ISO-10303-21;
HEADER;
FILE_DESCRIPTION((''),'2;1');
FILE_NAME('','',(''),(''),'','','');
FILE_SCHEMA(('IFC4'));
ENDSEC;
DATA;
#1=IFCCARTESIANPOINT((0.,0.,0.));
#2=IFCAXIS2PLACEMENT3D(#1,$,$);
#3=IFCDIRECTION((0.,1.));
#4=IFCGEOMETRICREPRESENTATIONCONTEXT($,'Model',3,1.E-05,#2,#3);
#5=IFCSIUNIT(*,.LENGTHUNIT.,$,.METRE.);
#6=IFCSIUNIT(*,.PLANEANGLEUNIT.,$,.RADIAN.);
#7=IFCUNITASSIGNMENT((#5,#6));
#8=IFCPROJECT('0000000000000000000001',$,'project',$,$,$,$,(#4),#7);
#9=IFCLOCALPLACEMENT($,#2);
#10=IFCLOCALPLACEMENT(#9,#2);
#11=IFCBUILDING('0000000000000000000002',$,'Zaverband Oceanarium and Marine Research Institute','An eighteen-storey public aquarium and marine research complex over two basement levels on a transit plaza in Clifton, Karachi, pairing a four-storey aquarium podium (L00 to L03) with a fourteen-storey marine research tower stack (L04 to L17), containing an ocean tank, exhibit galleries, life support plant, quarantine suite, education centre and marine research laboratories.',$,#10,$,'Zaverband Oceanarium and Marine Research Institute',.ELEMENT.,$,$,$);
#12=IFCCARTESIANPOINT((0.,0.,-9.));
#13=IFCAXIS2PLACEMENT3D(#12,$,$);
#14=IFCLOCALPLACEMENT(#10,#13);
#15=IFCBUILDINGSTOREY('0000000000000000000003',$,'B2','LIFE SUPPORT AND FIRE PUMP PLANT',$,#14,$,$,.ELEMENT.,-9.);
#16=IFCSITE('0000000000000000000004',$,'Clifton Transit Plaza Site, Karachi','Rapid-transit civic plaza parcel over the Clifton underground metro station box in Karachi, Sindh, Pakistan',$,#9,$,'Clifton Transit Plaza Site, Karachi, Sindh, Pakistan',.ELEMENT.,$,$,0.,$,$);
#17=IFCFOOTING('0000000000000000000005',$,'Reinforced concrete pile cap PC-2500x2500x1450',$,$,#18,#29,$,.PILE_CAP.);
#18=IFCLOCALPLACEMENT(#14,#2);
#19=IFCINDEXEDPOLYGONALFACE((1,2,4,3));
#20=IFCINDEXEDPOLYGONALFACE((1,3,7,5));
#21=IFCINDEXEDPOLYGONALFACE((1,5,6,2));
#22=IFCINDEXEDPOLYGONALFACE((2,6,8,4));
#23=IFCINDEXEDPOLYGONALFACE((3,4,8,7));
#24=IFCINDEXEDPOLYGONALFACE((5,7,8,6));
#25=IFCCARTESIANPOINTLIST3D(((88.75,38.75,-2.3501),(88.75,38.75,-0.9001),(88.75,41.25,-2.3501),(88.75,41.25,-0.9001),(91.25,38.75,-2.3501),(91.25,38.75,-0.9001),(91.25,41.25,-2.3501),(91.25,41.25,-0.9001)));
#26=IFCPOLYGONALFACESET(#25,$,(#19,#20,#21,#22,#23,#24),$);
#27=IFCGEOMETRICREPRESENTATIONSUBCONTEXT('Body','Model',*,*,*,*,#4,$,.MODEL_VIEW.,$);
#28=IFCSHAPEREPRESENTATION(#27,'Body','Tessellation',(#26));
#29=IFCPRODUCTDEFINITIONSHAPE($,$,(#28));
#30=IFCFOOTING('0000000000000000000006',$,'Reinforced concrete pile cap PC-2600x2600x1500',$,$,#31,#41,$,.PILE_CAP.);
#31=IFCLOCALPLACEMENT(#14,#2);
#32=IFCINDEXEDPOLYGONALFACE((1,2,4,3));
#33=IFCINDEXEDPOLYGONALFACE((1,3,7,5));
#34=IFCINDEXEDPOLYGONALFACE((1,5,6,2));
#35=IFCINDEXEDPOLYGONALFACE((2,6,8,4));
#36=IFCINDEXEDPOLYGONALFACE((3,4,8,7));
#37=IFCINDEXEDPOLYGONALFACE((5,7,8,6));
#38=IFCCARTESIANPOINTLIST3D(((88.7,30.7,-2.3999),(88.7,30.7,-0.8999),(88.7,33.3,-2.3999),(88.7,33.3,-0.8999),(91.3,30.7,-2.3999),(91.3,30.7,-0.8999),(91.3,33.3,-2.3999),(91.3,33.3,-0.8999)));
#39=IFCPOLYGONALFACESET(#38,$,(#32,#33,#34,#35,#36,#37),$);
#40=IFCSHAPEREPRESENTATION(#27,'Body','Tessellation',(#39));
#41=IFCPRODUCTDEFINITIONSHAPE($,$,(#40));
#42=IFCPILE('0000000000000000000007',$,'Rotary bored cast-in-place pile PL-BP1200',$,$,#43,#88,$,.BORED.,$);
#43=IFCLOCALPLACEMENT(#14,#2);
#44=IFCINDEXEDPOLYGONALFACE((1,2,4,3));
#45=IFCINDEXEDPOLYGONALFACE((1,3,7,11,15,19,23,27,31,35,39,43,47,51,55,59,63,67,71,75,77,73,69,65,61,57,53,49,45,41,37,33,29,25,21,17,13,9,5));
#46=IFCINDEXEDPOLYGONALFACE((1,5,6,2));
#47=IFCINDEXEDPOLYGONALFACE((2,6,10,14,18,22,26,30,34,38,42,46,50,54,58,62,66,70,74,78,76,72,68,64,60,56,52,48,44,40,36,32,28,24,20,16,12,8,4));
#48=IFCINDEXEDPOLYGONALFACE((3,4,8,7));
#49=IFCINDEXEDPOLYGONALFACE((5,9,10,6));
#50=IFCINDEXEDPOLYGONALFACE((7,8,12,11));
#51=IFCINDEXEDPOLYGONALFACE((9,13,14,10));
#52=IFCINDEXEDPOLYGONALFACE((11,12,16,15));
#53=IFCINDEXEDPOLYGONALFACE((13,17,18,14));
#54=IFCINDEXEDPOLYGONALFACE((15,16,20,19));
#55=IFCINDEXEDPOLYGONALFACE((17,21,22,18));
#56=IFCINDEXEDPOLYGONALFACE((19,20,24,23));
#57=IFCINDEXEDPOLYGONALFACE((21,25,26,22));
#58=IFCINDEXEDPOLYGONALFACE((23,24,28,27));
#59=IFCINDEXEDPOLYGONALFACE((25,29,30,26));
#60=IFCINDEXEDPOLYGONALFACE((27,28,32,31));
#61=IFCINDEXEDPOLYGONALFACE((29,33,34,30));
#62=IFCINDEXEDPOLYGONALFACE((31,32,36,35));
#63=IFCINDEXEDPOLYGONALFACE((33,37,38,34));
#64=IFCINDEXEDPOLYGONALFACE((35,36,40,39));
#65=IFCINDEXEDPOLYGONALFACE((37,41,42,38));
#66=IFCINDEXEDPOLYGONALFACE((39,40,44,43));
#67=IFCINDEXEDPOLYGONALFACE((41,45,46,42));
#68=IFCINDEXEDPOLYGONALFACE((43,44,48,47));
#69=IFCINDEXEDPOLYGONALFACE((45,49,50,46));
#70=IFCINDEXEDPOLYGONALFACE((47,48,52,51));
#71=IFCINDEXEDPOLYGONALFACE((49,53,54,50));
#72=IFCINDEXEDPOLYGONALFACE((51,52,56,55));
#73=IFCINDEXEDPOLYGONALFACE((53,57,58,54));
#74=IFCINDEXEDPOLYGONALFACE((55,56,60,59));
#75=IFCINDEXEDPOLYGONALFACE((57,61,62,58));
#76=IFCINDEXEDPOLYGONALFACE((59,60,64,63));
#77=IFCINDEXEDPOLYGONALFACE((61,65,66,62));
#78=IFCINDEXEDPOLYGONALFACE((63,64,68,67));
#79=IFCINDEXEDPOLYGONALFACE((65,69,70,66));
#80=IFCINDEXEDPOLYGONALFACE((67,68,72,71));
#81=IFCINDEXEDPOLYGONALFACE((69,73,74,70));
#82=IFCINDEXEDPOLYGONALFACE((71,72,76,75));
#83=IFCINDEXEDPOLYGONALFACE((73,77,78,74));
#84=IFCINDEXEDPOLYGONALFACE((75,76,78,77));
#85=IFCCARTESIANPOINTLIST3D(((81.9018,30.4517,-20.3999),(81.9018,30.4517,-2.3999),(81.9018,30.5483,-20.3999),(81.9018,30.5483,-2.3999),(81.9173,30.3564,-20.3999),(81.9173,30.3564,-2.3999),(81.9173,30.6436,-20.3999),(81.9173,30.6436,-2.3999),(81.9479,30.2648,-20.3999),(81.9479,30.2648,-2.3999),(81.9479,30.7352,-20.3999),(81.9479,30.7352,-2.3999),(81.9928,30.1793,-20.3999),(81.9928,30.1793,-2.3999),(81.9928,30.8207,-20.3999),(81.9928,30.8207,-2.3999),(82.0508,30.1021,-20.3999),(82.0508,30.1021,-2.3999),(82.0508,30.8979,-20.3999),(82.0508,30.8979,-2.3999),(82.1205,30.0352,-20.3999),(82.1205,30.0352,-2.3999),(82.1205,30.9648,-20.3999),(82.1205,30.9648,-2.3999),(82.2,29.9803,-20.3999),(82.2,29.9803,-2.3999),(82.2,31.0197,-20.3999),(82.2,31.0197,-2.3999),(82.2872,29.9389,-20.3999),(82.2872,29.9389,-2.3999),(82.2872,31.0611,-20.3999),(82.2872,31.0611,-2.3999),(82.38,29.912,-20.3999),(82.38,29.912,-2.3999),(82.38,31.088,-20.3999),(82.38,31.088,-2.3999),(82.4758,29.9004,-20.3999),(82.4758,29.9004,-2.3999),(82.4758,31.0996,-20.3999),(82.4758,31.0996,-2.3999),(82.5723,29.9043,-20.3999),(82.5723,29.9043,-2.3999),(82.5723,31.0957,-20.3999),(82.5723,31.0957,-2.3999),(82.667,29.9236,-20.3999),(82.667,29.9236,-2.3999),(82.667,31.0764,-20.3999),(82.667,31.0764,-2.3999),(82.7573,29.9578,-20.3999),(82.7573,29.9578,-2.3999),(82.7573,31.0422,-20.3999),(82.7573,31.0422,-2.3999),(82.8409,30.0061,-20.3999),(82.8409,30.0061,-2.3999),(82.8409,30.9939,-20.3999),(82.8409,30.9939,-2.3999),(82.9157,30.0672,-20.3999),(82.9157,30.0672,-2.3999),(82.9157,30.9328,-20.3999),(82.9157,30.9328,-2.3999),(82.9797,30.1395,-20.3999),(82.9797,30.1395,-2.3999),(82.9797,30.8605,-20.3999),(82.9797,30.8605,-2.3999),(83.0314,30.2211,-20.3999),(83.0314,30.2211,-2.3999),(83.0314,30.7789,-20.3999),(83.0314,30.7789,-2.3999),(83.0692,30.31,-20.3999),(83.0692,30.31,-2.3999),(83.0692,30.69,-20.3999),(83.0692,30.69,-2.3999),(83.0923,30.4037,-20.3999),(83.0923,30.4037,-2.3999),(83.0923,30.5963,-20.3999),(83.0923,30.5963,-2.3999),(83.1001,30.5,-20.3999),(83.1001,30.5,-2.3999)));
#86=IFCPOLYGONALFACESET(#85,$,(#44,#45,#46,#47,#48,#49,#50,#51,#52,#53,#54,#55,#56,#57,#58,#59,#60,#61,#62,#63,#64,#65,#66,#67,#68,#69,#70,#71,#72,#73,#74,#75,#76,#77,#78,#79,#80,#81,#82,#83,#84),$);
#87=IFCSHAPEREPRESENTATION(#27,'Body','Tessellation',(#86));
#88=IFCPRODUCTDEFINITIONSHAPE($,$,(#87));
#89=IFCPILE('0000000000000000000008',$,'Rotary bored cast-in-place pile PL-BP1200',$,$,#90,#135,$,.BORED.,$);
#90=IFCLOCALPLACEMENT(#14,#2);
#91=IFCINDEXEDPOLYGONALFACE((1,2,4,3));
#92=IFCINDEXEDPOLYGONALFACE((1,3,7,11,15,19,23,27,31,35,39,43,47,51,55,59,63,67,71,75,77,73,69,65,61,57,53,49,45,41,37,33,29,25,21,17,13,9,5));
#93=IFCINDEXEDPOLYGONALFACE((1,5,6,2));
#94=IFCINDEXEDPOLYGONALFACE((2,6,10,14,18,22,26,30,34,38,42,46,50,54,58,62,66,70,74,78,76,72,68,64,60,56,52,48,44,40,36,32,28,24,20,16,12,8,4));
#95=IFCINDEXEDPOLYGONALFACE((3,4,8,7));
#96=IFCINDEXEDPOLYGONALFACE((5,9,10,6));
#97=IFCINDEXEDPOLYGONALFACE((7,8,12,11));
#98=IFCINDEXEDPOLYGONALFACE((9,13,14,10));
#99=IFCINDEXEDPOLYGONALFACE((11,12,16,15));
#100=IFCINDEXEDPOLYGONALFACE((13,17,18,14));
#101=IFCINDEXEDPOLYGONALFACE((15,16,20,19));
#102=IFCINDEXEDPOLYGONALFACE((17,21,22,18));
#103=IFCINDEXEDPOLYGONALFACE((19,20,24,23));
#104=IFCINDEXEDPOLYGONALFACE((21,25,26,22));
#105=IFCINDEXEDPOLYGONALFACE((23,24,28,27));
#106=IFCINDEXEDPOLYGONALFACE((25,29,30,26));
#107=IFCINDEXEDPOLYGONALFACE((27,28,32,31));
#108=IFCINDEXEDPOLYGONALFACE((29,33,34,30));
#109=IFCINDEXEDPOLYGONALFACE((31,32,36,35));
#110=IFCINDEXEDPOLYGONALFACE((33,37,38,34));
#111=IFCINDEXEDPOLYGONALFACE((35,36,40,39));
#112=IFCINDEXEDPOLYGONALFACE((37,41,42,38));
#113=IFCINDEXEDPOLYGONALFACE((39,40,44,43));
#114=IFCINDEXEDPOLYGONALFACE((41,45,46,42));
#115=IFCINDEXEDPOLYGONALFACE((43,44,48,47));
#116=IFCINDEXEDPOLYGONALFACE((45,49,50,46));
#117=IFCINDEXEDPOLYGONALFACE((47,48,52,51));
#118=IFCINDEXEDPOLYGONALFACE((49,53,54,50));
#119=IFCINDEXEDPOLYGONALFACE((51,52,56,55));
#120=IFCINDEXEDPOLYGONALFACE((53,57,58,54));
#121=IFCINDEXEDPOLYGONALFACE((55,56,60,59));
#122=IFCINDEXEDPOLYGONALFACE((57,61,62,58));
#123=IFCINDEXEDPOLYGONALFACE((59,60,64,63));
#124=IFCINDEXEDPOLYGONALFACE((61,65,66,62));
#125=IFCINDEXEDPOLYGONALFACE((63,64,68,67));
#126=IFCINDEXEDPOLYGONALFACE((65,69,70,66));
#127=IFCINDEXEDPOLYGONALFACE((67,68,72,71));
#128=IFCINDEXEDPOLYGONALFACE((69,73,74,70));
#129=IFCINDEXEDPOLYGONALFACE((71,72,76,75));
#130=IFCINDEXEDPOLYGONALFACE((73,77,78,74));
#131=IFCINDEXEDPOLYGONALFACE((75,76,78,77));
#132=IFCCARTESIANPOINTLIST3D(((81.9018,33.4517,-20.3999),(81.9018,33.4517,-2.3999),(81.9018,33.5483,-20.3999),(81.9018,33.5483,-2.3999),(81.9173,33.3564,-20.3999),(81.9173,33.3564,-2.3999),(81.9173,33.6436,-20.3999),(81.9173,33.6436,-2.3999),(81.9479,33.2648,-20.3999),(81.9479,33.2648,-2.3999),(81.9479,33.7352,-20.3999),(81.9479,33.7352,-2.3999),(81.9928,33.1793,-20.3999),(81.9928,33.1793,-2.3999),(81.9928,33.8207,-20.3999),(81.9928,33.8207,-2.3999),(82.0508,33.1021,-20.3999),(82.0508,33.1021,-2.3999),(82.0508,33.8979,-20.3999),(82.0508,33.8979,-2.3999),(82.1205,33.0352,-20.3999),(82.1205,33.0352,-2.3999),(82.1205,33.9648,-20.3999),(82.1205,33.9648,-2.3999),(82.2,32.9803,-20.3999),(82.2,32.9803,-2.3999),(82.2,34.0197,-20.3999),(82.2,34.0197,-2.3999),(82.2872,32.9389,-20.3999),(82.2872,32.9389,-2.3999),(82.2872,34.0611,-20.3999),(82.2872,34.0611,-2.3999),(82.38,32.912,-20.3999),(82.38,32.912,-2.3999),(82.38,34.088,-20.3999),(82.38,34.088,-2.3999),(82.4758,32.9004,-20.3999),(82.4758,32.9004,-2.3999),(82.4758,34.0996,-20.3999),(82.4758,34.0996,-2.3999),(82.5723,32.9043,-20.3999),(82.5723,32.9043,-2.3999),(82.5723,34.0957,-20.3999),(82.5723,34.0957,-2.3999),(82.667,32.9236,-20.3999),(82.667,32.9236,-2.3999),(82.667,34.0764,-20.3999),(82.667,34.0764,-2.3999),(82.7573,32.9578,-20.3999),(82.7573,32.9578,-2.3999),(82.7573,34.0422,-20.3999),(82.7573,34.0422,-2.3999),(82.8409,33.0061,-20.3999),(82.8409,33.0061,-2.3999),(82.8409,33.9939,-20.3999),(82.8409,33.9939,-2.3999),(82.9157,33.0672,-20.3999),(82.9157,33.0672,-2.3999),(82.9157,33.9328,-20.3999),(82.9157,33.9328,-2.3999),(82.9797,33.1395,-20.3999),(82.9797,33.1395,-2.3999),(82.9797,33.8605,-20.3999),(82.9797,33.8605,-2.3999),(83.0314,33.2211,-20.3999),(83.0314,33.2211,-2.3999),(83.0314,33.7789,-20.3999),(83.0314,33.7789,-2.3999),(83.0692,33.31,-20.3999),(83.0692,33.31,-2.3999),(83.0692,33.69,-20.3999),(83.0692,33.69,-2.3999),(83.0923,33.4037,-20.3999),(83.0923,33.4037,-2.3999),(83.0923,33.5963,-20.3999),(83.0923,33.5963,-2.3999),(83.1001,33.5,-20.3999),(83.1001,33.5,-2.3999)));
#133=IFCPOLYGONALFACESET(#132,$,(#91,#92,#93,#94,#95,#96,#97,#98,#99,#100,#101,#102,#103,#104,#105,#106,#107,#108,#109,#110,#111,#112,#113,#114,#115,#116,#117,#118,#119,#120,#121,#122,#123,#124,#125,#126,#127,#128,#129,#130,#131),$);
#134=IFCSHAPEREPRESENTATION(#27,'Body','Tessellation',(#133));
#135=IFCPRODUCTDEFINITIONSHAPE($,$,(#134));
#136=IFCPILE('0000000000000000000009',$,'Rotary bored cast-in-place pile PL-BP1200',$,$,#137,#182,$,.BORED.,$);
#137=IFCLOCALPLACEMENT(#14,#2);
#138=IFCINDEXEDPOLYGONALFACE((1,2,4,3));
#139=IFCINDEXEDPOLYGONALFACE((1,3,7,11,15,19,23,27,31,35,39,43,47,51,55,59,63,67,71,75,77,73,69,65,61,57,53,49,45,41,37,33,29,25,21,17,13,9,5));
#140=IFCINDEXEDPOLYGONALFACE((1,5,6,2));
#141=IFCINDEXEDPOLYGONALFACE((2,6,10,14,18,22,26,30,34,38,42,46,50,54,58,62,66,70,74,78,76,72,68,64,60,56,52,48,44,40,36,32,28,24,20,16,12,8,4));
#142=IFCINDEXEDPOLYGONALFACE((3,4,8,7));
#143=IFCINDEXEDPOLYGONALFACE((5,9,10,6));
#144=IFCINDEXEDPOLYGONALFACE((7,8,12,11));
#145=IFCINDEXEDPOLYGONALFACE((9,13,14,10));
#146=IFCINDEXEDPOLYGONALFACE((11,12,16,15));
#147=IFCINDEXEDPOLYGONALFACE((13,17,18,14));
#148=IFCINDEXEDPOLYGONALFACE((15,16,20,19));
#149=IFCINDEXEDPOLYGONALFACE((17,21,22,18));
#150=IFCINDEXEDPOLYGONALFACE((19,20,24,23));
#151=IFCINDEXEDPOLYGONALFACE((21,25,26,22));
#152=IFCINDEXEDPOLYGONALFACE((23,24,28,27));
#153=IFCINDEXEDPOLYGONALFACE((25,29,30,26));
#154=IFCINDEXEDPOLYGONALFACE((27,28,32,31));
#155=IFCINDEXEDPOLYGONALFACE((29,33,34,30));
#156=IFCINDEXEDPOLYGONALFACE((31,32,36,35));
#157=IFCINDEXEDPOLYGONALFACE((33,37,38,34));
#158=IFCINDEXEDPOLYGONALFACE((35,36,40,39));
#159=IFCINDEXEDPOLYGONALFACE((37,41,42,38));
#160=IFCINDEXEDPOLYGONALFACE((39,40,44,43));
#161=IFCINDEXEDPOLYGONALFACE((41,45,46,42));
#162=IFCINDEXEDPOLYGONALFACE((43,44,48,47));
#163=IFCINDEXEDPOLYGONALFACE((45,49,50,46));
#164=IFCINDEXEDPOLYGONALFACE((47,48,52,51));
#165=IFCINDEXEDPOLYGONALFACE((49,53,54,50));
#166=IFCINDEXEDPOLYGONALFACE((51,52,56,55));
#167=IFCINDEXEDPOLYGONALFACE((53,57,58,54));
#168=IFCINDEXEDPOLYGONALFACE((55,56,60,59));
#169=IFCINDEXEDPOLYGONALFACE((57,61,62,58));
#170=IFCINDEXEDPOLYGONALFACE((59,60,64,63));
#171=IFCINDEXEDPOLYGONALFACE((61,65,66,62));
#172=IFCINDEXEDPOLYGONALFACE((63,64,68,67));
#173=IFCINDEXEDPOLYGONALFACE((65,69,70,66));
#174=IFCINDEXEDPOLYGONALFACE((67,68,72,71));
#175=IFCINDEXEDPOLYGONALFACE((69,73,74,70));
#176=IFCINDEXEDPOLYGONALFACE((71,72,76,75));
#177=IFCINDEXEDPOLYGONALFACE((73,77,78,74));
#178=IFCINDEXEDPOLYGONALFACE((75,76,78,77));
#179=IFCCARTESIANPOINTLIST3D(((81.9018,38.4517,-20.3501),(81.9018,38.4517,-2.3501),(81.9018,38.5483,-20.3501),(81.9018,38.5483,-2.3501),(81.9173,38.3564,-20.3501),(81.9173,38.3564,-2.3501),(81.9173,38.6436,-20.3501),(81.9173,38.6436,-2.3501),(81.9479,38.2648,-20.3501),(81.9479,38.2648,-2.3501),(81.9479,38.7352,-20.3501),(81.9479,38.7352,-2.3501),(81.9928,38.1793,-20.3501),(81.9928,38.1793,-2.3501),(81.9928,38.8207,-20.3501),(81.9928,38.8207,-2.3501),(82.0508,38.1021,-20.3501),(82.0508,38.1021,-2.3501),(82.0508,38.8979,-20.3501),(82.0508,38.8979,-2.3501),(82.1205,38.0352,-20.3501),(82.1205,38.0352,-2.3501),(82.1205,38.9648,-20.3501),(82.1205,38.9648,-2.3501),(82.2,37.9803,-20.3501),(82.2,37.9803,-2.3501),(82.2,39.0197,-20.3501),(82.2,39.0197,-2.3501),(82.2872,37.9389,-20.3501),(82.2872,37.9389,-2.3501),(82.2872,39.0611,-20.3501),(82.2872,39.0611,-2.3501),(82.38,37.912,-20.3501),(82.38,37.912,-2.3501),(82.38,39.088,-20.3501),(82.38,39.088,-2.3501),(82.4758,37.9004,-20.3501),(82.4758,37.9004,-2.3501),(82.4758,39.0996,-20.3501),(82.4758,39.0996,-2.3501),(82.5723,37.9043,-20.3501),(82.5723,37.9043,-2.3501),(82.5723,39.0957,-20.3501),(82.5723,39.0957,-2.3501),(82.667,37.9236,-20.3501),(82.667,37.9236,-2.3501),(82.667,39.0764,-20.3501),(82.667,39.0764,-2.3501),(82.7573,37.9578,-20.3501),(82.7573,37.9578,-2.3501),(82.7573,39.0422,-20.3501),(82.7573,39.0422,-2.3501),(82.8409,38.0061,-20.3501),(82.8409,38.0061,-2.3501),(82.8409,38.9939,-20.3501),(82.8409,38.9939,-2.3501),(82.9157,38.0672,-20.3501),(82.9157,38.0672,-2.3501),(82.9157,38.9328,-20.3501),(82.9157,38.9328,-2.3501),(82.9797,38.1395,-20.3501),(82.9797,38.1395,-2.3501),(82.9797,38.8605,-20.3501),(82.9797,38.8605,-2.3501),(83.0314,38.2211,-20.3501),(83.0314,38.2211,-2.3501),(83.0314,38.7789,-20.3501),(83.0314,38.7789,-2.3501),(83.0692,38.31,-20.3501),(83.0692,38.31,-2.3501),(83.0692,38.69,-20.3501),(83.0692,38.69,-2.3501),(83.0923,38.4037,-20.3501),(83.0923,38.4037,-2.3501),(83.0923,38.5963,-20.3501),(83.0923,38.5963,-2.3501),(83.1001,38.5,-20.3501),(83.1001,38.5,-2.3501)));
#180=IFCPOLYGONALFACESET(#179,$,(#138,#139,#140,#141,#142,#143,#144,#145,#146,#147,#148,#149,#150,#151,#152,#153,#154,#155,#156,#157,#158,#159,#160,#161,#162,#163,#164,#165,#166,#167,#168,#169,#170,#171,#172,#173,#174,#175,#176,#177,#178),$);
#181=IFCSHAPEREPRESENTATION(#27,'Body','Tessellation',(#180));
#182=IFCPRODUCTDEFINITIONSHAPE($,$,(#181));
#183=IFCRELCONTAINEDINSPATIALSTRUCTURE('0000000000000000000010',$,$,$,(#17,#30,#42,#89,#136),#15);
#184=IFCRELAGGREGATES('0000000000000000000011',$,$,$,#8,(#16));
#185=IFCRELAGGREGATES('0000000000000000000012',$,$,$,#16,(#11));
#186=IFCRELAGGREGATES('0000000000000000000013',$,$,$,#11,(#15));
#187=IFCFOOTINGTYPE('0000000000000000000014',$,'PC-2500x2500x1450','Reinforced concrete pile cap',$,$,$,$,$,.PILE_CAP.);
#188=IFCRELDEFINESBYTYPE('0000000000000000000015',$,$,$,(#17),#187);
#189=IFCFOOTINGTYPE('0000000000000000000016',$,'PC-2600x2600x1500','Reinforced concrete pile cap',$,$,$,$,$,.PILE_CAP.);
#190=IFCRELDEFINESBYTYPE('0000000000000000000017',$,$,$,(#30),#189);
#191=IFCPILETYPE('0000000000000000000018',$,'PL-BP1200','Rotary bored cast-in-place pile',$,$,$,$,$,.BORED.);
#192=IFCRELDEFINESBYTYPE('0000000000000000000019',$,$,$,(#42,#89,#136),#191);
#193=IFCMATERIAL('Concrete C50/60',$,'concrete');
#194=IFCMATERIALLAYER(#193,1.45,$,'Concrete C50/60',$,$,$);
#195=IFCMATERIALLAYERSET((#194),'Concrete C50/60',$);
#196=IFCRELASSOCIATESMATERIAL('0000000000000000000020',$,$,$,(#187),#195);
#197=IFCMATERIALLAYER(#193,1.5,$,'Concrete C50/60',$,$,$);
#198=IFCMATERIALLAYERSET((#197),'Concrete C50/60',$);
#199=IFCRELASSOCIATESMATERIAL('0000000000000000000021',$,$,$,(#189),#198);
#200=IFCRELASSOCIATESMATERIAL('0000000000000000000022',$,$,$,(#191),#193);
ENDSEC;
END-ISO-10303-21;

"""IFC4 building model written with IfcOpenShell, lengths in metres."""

from ifc_helpers import new_model, si_unit, direction, frame, origin, origin_2d, place, context, subcontext, project, spatial, rectangle, circle, extrude, material, layer, layer_set, material_profile, profile_set, type_object, element, save


model = new_model("IFC4")

# Units and contexts
model_context = context("Model", 3, precision=1e-05, world=origin(), true_north=direction((0.0, 1.0)))
body_context = subcontext(model_context, "Body", "Model", "MODEL_VIEW")
ifc_project = project(units=[si_unit("LENGTHUNIT", "METRE"), si_unit("PLANEANGLEUNIT", "RADIAN")], contexts=[model_context])

# Site, building, storey
site_placement = place(None, origin())
site = spatial("IfcSite", under=ifc_project, at=site_placement, Name="Clifton Transit Plaza Site, Karachi", Description="Rapid-transit civic plaza parcel over the Clifton underground metro station box in Karachi, Sindh, Pakistan", LongName="Clifton Transit Plaza Site, Karachi, Sindh, Pakistan", CompositionType="ELEMENT", RefElevation=0.0)
building_placement = place(site_placement, origin())
building = spatial("IfcBuilding", under=site, at=building_placement, Name="Zaverband Oceanarium and Marine Research Institute", Description="An eighteen-storey public aquarium and marine research complex over two basement levels on a transit plaza in Clifton, Karachi, pairing a four-storey aquarium podium (L00 to L03) with a fourteen-storey marine research tower stack (L04 to L17), containing an ocean tank, exhibit galleries, life support plant, quarantine suite, education centre and marine research laboratories.", LongName="Zaverband Oceanarium and Marine Research Institute", CompositionType="ELEMENT")
storey_placement = place(building_placement, frame((0.0, 0.0, -9.0)))
storey = spatial("IfcBuildingStorey", under=building, at=storey_placement, Name="B2", Description="LIFE SUPPORT AND FIRE PUMP PLANT", CompositionType="ELEMENT", Elevation=-9.0)

# Footings
ifc_material_1 = material(Name="Concrete C50/60", Category="concrete")
ifc_layer_1 = layer(ifc_material_1, 1.45, Name="Concrete C50/60")
ifc_layer_set_1 = layer_set([ifc_layer_1], Name="Concrete C50/60")
footing_type_1 = type_object("IfcFootingType", Name="PC-2500x2500x1450", Description="Reinforced concrete pile cap", PredefinedType="PILE_CAP", material=ifc_layer_set_1)
footing_1_placement = place(storey_placement, frame((90.0, 40.0, -2.3501), z_axis=(0.0, 0.0, 1.0), x_axis=(1.0, 0.0, 0.0)))
element("IfcFooting", 1, at=footing_1_placement, inside=storey, type_object=footing_type_1, Name="Reinforced concrete pile cap PC-2500x2500x1450", PredefinedType="PILE_CAP", context=body_context, shape_type="SweptSolid", body=[
    extrude(rectangle(XDim=2.5, YDim=2.5, at=origin_2d()), origin(), (0.0, 0.0, 1.0), 1.45),
])
ifc_layer_2 = layer(ifc_material_1, 1.5, Name="Concrete C50/60")
ifc_layer_set_2 = layer_set([ifc_layer_2], Name="Concrete C50/60")
footing_type_2 = type_object("IfcFootingType", Name="PC-2600x2600x1500", Description="Reinforced concrete pile cap", PredefinedType="PILE_CAP", material=ifc_layer_set_2)
footing_2_placement = place(storey_placement, frame((90.0, 32.0, -2.3999), z_axis=(0.0, 0.0, 1.0), x_axis=(1.0, 0.0, 0.0)))
element("IfcFooting", 2, at=footing_2_placement, inside=storey, type_object=footing_type_2, Name="Reinforced concrete pile cap PC-2600x2600x1500", PredefinedType="PILE_CAP", context=body_context, shape_type="SweptSolid", body=[
    extrude(rectangle(XDim=2.6001, YDim=2.6001, at=origin_2d()), origin(), (0.0, 0.0, 1.0), 1.5),
])

# Piles
ifc_material_profile_1 = material_profile(ifc_material_1, circle(Radius=0.6001, at=origin_2d()), Name="BP1200")
ifc_profile_set_1 = profile_set([ifc_material_profile_1], Name="Concrete C50/60")
pile_type = type_object("IfcPileType", Name="PL-BP1200", Description="Rotary bored cast-in-place pile", PredefinedType="BORED", material=ifc_profile_set_1)
for number, where, z_axis, x_axis, name in (
    (3, (82.5, 30.5, -2.3999), (0.0, 0.0, -1.0), (1.0, 0.0, 0.0), "Rotary bored cast-in-place pile PL-BP1200"),
    (4, (82.5, 33.5, -2.3999), (0.0, 0.0, -1.0), (1.0, 0.0, 0.0), "Rotary bored cast-in-place pile PL-BP1200"),
    (5, (82.5, 38.5, -2.3501), (0.0, 0.0, -1.0), (1.0, 0.0, 0.0), "Rotary bored cast-in-place pile PL-BP1200"),
):
    element("IfcPile", number, at=place(storey_placement, frame(where, z_axis=z_axis, x_axis=x_axis)), inside=storey, type_object=pile_type, Name=name, PredefinedType="BORED", context=body_context, shape_type="SweptSolid", body=[
        extrude(circle(Radius=0.6001, at=origin_2d()), origin(), (0.0, 0.0, 1.0), 18.0),
    ])

save(model, "model.ifc")
